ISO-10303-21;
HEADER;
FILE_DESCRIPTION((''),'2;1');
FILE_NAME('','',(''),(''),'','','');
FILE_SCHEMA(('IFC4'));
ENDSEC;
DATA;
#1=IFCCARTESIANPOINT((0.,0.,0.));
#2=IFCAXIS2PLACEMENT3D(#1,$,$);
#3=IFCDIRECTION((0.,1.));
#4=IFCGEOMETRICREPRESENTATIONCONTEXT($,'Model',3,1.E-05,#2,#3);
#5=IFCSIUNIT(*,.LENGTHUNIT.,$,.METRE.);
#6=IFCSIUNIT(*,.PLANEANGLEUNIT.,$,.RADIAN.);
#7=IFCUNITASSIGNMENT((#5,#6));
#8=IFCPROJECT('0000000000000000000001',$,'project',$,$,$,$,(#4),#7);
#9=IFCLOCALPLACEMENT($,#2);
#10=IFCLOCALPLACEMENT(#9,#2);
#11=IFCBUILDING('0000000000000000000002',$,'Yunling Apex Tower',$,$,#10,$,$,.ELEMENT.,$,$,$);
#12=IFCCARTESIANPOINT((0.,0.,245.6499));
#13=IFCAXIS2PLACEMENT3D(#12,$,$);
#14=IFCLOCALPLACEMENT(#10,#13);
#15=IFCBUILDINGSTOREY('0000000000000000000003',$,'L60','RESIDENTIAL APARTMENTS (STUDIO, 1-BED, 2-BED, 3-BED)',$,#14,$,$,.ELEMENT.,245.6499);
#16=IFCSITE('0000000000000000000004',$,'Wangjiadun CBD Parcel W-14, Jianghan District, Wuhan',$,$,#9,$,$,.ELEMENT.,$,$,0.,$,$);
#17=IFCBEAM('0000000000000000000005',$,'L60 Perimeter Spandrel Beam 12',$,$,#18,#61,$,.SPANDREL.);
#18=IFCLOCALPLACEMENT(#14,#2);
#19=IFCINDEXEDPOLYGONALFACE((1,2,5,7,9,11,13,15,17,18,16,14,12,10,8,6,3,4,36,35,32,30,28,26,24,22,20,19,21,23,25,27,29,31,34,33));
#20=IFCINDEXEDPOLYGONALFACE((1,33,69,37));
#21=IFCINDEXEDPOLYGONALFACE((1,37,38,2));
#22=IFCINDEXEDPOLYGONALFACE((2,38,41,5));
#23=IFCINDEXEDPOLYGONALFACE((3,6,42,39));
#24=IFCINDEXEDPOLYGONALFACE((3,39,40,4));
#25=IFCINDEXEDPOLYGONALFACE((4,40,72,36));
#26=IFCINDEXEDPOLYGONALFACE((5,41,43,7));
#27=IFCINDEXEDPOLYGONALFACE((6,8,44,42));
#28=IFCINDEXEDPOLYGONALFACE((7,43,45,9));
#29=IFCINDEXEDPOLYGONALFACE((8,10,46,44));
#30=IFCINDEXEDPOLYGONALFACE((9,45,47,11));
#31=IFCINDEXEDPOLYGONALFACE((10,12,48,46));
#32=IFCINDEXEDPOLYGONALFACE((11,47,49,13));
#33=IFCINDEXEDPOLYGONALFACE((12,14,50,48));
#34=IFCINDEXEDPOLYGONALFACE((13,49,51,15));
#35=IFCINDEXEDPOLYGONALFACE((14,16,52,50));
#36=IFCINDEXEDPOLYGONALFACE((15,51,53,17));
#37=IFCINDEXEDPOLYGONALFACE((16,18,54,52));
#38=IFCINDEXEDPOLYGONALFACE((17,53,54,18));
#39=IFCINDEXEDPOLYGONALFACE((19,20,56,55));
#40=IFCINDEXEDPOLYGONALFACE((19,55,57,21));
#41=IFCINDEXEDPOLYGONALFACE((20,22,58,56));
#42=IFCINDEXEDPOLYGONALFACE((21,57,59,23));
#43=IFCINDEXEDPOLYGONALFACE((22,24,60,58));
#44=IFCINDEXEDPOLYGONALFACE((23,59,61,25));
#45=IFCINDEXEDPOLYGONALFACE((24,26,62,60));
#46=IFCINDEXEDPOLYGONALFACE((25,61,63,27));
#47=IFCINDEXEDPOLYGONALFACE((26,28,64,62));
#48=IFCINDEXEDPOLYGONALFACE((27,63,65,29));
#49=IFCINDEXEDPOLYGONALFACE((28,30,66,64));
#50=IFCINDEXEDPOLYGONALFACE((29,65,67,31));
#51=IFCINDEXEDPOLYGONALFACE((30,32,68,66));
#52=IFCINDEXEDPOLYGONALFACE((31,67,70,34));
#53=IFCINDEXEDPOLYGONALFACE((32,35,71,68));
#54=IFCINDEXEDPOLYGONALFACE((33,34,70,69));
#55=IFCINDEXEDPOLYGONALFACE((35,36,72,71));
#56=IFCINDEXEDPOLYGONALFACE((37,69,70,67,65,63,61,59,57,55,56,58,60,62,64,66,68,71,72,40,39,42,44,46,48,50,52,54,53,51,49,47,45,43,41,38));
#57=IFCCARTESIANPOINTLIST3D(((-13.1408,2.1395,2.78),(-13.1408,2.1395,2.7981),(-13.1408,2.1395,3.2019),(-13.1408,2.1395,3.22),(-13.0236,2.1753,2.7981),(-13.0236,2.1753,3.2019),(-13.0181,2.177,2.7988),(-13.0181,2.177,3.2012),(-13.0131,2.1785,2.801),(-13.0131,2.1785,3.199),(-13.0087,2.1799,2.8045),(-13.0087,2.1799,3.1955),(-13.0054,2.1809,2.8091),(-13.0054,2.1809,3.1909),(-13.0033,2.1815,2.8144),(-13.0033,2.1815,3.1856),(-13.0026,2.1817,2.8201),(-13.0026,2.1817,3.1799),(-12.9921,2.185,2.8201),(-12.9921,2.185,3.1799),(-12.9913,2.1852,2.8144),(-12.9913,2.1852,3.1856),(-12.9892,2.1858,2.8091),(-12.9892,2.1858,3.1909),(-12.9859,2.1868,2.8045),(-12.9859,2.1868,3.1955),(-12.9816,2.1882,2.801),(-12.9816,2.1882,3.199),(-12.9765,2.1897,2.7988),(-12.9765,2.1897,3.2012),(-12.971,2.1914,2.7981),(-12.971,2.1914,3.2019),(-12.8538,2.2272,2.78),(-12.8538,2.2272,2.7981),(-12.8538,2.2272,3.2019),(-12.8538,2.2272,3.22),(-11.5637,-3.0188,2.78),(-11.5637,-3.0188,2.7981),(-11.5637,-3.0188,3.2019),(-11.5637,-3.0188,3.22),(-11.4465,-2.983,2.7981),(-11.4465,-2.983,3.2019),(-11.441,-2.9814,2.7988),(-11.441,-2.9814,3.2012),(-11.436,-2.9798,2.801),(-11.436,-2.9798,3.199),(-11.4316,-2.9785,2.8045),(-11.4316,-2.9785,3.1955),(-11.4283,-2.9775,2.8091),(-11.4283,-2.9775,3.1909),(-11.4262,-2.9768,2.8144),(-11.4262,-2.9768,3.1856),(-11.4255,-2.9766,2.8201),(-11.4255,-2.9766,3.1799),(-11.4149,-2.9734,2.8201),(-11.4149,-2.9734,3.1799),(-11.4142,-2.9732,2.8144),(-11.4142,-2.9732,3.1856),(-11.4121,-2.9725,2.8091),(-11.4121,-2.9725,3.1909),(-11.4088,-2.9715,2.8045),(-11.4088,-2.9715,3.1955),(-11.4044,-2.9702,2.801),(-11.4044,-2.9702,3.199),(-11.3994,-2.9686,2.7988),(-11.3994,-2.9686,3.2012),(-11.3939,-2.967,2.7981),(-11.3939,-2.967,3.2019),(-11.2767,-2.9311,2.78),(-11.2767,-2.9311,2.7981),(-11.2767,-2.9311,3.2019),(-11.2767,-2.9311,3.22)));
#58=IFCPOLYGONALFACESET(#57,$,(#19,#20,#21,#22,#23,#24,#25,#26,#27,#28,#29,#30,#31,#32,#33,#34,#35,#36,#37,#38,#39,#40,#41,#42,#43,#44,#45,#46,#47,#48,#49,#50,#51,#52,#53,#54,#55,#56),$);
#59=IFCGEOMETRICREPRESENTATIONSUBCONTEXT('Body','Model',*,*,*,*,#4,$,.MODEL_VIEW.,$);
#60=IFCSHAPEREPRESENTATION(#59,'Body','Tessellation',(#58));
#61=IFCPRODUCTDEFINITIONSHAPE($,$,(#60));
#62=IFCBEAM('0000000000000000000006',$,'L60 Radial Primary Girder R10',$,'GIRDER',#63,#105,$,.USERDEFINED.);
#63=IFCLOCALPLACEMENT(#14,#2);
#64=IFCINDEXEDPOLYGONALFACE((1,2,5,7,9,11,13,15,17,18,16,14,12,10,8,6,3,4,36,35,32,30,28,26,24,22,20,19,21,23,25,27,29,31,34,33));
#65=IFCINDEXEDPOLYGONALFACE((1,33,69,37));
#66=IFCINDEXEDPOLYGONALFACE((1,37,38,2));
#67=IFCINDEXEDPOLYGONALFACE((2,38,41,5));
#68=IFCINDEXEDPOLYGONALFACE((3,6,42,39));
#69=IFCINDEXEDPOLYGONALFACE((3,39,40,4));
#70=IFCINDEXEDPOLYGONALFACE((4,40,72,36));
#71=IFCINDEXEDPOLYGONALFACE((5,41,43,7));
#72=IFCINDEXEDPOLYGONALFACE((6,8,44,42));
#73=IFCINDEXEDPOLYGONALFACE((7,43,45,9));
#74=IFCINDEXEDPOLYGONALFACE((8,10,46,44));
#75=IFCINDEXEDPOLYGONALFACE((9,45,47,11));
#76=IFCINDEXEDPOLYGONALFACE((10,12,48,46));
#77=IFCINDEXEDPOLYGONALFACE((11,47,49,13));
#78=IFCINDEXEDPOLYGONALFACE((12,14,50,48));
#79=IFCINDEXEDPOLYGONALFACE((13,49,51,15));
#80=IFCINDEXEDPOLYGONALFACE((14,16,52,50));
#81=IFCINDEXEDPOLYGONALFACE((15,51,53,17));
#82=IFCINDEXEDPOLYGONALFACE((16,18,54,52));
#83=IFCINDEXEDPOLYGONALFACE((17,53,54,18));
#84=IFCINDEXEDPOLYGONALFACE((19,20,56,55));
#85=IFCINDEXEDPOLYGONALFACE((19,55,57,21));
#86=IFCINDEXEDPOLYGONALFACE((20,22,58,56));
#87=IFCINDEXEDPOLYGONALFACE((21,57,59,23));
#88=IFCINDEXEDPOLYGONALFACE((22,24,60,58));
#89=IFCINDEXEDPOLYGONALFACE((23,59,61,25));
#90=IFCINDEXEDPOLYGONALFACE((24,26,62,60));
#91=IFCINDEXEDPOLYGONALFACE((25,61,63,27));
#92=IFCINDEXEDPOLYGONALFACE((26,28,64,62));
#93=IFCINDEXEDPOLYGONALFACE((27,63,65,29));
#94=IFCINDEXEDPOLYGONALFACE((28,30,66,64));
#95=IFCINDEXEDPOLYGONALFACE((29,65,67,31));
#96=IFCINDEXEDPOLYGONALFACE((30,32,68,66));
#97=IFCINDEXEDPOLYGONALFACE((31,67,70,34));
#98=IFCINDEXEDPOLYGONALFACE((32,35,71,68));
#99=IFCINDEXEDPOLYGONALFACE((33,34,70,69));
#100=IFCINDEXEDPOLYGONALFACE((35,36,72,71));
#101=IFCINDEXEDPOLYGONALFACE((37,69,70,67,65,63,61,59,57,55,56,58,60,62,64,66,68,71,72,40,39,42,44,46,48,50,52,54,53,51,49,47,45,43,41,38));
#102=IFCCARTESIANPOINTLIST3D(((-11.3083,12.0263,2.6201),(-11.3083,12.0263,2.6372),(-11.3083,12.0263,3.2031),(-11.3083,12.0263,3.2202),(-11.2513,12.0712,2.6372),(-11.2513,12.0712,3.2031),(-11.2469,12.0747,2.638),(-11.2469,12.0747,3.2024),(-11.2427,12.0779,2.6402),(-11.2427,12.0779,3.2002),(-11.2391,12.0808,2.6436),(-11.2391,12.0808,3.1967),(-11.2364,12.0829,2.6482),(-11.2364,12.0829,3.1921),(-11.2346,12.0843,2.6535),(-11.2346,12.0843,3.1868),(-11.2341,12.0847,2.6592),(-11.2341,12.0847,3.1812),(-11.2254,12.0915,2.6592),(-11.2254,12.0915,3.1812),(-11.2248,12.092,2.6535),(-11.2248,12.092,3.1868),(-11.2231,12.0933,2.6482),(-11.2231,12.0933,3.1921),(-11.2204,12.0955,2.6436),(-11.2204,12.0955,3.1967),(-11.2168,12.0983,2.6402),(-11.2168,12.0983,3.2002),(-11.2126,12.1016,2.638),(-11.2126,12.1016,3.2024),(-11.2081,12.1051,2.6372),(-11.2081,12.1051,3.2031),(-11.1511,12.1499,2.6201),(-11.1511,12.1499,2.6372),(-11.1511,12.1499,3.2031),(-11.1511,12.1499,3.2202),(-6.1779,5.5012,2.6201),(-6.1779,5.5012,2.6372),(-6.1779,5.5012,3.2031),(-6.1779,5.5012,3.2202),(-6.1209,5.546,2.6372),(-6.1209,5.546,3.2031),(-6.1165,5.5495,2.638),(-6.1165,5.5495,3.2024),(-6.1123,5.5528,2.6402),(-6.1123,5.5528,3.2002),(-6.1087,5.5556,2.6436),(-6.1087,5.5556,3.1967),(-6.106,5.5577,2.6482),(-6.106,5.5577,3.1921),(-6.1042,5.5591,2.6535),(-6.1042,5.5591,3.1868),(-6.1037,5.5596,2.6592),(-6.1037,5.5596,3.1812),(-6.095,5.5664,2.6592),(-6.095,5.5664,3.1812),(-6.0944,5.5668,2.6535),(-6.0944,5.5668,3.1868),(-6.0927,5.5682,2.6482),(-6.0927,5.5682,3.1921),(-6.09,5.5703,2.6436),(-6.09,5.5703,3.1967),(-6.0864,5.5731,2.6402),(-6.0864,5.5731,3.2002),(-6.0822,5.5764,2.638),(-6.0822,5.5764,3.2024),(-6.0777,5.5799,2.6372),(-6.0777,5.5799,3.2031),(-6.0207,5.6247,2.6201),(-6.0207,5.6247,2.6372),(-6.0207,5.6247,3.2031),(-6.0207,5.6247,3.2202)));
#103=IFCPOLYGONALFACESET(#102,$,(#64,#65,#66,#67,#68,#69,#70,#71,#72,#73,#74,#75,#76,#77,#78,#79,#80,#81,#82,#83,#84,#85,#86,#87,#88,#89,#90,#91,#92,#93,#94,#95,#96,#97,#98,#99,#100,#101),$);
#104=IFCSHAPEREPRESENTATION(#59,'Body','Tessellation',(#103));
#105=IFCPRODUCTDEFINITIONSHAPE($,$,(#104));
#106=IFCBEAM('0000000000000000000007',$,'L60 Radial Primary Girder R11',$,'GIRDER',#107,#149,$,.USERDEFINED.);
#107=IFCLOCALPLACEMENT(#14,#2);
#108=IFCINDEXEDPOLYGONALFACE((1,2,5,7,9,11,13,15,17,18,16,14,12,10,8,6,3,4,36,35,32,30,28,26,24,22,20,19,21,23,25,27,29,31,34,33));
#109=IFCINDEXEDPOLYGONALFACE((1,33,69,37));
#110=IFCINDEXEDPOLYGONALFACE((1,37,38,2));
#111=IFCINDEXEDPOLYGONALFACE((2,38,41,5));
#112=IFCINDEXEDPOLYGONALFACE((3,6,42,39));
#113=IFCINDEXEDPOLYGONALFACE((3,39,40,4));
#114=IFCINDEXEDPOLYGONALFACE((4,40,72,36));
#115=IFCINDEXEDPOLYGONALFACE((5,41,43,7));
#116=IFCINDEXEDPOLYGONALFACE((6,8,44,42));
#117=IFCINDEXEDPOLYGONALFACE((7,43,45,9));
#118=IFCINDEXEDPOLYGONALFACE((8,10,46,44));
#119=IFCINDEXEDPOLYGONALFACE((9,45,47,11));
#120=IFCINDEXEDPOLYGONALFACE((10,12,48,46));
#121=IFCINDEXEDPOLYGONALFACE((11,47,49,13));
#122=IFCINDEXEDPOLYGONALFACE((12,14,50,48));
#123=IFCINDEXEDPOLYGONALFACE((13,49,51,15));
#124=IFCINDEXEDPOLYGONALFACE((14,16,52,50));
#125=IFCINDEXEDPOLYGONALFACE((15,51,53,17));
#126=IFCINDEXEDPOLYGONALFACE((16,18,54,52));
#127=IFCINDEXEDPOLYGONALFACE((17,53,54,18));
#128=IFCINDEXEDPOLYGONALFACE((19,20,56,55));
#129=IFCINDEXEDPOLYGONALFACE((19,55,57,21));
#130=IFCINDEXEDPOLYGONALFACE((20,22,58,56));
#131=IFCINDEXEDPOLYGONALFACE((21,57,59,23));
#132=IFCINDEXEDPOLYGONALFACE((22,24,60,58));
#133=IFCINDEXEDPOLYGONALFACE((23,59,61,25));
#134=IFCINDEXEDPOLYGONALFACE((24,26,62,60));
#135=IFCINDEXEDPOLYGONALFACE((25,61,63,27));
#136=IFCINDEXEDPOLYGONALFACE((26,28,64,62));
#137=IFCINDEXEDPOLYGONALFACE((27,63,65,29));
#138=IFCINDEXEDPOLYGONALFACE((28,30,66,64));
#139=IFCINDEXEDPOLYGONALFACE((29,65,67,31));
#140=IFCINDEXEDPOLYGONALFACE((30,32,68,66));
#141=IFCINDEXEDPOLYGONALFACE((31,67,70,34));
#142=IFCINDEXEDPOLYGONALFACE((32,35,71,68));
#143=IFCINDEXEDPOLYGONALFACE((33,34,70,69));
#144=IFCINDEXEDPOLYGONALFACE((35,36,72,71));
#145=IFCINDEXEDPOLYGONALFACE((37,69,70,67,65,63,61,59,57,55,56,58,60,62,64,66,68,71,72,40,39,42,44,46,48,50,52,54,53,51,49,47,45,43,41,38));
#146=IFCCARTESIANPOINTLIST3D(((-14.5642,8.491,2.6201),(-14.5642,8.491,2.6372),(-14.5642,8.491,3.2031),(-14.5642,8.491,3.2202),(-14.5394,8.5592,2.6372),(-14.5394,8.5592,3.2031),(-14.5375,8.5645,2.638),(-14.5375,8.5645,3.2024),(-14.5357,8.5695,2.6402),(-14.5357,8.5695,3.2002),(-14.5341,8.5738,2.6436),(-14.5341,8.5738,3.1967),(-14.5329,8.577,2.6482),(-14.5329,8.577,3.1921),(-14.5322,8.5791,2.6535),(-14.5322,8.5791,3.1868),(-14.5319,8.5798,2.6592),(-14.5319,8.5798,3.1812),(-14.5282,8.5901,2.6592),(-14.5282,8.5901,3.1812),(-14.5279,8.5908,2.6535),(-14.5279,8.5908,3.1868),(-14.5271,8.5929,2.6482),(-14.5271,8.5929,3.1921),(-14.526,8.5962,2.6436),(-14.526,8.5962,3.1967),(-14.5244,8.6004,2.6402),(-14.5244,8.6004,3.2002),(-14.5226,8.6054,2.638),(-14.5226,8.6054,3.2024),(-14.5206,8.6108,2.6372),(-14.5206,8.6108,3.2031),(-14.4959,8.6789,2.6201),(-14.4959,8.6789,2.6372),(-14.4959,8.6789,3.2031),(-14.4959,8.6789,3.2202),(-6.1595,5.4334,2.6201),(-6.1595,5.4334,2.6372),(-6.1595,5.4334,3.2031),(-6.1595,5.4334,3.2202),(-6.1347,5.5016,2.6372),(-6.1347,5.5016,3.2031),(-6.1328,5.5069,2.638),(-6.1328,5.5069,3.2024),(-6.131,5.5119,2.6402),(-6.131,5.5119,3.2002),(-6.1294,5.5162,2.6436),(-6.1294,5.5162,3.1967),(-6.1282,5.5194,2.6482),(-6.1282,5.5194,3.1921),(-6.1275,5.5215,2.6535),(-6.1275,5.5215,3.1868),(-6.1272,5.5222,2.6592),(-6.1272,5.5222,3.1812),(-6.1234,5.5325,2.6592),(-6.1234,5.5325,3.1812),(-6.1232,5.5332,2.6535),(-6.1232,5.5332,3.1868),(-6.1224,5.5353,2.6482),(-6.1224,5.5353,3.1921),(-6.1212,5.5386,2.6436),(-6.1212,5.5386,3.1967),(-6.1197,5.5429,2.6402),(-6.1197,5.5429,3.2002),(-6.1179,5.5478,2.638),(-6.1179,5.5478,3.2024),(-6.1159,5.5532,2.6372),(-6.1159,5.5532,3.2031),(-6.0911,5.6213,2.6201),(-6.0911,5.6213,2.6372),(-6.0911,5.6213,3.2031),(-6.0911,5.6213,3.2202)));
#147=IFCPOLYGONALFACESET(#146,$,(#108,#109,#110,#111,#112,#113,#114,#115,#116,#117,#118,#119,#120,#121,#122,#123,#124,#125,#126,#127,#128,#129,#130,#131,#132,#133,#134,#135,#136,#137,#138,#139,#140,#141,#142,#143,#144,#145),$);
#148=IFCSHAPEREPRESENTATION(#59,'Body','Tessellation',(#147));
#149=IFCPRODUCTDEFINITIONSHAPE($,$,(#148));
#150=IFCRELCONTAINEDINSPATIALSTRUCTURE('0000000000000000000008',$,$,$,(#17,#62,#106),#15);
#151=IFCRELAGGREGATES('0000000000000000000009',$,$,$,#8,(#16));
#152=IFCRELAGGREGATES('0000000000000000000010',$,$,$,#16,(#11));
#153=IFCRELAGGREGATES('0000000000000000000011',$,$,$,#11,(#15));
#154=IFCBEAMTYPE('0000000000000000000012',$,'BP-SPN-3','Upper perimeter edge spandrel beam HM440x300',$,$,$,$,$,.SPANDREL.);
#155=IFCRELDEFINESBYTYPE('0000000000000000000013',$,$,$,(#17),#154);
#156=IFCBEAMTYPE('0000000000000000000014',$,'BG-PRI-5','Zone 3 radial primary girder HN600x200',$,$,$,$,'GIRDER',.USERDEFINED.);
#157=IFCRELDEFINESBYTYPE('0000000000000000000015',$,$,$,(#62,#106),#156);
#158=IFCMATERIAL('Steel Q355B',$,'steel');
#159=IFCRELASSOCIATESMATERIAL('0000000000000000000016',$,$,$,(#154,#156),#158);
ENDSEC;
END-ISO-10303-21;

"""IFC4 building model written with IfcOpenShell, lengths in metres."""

from ifc_helpers import new_model, si_unit, direction, frame, origin, origin_2d, place, context, subcontext, project, spatial, i_section, extrude, source, transform, mapped, material, material_profile, profile_set, type_object, element, save


model = new_model("IFC4")

# Units and contexts
model_context = context("Model", 3, precision=1e-05, world=origin(), true_north=direction((0.0, 1.0)))
body_context = subcontext(model_context, "Body", "Model", "MODEL_VIEW")
ifc_project = project(units=[si_unit("LENGTHUNIT", "METRE"), si_unit("PLANEANGLEUNIT", "RADIAN")], contexts=[model_context])

# Site, building, storey
site_placement = place(None, origin())
site = spatial("IfcSite", under=ifc_project, at=site_placement, Name="Wangjiadun CBD Parcel W-14, Jianghan District, Wuhan", CompositionType="ELEMENT", RefElevation=0.0)
building_placement = place(site_placement, origin())
building = spatial("IfcBuilding", under=site, at=building_placement, Name="Yunling Apex Tower", CompositionType="ELEMENT")
storey_placement = place(building_placement, frame((0.0, 0.0, 245.6499)))
storey = spatial("IfcBuildingStorey", under=building, at=storey_placement, Name="L60", Description="RESIDENTIAL APARTMENTS (STUDIO, 1-BED, 2-BED, 3-BED)", CompositionType="ELEMENT", Elevation=245.6499)

# Beams
ifc_material_1 = material(Name="Steel Q355B", Category="steel")
ifc_material_profile_1 = material_profile(ifc_material_1, i_section(OverallWidth=0.3, OverallDepth=0.4399, WebThickness=0.011, FlangeThickness=0.0181, FilletRadius=0.022, at=origin_2d()))
ifc_profile_set_1 = profile_set([ifc_material_profile_1], Name="Steel Q355B")
beam_type_1 = type_object("IfcBeamType", Name="BP-SPN-3", Description="Upper perimeter edge spandrel beam HM440x300", PredefinedType="SPANDREL", material=ifc_profile_set_1)
shared_shape_1 = source(origin(), body_context, "Body", "SweptSolid", [
    extrude(i_section(OverallWidth=0.3, OverallDepth=0.4399, WebThickness=0.011, FlangeThickness=0.0181, FilletRadius=0.022, at=origin_2d()), origin(), (0.0, 0.0, 1.0), 5.394),
])
for number, where, z_axis, x_axis, name in (
    (1, (-12.9973, 2.1833, 3.0), (0.292381, -0.956302, 0.0), (0.956302, 0.292381, 0.0), "L60 Perimeter Spandrel Beam 12"),
):
    element("IfcBeam", number, at=place(storey_placement, frame(where, z_axis=z_axis, x_axis=x_axis)), inside=storey, type_object=beam_type_1, Name=name, PredefinedType="SPANDREL", context=body_context, shape_type="MappedRepresentation", body=[
        mapped(shared_shape_1, transform((0.0, 0.0, 0.0), scale=1.0)),
    ])
ifc_material_profile_2 = material_profile(ifc_material_1, i_section(OverallWidth=0.2, OverallDepth=0.6001, WebThickness=0.011, FlangeThickness=0.0171, FilletRadius=0.022, at=origin_2d()))
ifc_profile_set_2 = profile_set([ifc_material_profile_2], Name="Steel Q355B")
beam_type_2 = type_object("IfcBeamType", Name="BG-PRI-5", Description="Zone 3 radial primary girder HN600x200", ElementType="GIRDER", PredefinedType="USERDEFINED", material=ifc_profile_set_2)
shared_shape_2 = source(origin(), body_context, "Body", "SweptSolid", [
    extrude(i_section(OverallWidth=0.2, OverallDepth=0.6001, WebThickness=0.011, FlangeThickness=0.0171, FilletRadius=0.022, at=origin_2d()), origin(), (0.0, 0.0, 1.0), 8.3005),
])
beam_1_placement = place(storey_placement, frame((-11.2297, 12.0881, 2.9202), z_axis=(0.61808, -0.786115, 0.0), x_axis=(0.786115, 0.61808, 0.0)))
element("IfcBeam", 2, at=beam_1_placement, inside=storey, type_object=beam_type_2, Name="L60 Radial Primary Girder R10", ObjectType="GIRDER", PredefinedType="USERDEFINED", context=body_context, shape_type="MappedRepresentation", body=[
    mapped(shared_shape_2, transform((0.0, 0.0, 0.0), scale=1.0)),
])
shared_shape_3 = source(origin(), body_context, "Body", "SweptSolid", [
    extrude(i_section(OverallWidth=0.2, OverallDepth=0.6001, WebThickness=0.011, FlangeThickness=0.0171, FilletRadius=0.022, at=origin_2d()), origin(), (0.0, 0.0, 1.0), 8.9436),
])
beam_2_placement = place(storey_placement, frame((-14.53, 8.585, 2.9202), z_axis=(0.939746, -0.341875, 0.0), x_axis=(0.341875, 0.939746, 0.0)))
element("IfcBeam", 3, at=beam_2_placement, inside=storey, type_object=beam_type_2, Name="L60 Radial Primary Girder R11", ObjectType="GIRDER", PredefinedType="USERDEFINED", context=body_context, shape_type="MappedRepresentation", body=[
    mapped(shared_shape_3, transform((0.0, 0.0, 0.0), scale=1.0)),
])

save(model, "model.ifc")
